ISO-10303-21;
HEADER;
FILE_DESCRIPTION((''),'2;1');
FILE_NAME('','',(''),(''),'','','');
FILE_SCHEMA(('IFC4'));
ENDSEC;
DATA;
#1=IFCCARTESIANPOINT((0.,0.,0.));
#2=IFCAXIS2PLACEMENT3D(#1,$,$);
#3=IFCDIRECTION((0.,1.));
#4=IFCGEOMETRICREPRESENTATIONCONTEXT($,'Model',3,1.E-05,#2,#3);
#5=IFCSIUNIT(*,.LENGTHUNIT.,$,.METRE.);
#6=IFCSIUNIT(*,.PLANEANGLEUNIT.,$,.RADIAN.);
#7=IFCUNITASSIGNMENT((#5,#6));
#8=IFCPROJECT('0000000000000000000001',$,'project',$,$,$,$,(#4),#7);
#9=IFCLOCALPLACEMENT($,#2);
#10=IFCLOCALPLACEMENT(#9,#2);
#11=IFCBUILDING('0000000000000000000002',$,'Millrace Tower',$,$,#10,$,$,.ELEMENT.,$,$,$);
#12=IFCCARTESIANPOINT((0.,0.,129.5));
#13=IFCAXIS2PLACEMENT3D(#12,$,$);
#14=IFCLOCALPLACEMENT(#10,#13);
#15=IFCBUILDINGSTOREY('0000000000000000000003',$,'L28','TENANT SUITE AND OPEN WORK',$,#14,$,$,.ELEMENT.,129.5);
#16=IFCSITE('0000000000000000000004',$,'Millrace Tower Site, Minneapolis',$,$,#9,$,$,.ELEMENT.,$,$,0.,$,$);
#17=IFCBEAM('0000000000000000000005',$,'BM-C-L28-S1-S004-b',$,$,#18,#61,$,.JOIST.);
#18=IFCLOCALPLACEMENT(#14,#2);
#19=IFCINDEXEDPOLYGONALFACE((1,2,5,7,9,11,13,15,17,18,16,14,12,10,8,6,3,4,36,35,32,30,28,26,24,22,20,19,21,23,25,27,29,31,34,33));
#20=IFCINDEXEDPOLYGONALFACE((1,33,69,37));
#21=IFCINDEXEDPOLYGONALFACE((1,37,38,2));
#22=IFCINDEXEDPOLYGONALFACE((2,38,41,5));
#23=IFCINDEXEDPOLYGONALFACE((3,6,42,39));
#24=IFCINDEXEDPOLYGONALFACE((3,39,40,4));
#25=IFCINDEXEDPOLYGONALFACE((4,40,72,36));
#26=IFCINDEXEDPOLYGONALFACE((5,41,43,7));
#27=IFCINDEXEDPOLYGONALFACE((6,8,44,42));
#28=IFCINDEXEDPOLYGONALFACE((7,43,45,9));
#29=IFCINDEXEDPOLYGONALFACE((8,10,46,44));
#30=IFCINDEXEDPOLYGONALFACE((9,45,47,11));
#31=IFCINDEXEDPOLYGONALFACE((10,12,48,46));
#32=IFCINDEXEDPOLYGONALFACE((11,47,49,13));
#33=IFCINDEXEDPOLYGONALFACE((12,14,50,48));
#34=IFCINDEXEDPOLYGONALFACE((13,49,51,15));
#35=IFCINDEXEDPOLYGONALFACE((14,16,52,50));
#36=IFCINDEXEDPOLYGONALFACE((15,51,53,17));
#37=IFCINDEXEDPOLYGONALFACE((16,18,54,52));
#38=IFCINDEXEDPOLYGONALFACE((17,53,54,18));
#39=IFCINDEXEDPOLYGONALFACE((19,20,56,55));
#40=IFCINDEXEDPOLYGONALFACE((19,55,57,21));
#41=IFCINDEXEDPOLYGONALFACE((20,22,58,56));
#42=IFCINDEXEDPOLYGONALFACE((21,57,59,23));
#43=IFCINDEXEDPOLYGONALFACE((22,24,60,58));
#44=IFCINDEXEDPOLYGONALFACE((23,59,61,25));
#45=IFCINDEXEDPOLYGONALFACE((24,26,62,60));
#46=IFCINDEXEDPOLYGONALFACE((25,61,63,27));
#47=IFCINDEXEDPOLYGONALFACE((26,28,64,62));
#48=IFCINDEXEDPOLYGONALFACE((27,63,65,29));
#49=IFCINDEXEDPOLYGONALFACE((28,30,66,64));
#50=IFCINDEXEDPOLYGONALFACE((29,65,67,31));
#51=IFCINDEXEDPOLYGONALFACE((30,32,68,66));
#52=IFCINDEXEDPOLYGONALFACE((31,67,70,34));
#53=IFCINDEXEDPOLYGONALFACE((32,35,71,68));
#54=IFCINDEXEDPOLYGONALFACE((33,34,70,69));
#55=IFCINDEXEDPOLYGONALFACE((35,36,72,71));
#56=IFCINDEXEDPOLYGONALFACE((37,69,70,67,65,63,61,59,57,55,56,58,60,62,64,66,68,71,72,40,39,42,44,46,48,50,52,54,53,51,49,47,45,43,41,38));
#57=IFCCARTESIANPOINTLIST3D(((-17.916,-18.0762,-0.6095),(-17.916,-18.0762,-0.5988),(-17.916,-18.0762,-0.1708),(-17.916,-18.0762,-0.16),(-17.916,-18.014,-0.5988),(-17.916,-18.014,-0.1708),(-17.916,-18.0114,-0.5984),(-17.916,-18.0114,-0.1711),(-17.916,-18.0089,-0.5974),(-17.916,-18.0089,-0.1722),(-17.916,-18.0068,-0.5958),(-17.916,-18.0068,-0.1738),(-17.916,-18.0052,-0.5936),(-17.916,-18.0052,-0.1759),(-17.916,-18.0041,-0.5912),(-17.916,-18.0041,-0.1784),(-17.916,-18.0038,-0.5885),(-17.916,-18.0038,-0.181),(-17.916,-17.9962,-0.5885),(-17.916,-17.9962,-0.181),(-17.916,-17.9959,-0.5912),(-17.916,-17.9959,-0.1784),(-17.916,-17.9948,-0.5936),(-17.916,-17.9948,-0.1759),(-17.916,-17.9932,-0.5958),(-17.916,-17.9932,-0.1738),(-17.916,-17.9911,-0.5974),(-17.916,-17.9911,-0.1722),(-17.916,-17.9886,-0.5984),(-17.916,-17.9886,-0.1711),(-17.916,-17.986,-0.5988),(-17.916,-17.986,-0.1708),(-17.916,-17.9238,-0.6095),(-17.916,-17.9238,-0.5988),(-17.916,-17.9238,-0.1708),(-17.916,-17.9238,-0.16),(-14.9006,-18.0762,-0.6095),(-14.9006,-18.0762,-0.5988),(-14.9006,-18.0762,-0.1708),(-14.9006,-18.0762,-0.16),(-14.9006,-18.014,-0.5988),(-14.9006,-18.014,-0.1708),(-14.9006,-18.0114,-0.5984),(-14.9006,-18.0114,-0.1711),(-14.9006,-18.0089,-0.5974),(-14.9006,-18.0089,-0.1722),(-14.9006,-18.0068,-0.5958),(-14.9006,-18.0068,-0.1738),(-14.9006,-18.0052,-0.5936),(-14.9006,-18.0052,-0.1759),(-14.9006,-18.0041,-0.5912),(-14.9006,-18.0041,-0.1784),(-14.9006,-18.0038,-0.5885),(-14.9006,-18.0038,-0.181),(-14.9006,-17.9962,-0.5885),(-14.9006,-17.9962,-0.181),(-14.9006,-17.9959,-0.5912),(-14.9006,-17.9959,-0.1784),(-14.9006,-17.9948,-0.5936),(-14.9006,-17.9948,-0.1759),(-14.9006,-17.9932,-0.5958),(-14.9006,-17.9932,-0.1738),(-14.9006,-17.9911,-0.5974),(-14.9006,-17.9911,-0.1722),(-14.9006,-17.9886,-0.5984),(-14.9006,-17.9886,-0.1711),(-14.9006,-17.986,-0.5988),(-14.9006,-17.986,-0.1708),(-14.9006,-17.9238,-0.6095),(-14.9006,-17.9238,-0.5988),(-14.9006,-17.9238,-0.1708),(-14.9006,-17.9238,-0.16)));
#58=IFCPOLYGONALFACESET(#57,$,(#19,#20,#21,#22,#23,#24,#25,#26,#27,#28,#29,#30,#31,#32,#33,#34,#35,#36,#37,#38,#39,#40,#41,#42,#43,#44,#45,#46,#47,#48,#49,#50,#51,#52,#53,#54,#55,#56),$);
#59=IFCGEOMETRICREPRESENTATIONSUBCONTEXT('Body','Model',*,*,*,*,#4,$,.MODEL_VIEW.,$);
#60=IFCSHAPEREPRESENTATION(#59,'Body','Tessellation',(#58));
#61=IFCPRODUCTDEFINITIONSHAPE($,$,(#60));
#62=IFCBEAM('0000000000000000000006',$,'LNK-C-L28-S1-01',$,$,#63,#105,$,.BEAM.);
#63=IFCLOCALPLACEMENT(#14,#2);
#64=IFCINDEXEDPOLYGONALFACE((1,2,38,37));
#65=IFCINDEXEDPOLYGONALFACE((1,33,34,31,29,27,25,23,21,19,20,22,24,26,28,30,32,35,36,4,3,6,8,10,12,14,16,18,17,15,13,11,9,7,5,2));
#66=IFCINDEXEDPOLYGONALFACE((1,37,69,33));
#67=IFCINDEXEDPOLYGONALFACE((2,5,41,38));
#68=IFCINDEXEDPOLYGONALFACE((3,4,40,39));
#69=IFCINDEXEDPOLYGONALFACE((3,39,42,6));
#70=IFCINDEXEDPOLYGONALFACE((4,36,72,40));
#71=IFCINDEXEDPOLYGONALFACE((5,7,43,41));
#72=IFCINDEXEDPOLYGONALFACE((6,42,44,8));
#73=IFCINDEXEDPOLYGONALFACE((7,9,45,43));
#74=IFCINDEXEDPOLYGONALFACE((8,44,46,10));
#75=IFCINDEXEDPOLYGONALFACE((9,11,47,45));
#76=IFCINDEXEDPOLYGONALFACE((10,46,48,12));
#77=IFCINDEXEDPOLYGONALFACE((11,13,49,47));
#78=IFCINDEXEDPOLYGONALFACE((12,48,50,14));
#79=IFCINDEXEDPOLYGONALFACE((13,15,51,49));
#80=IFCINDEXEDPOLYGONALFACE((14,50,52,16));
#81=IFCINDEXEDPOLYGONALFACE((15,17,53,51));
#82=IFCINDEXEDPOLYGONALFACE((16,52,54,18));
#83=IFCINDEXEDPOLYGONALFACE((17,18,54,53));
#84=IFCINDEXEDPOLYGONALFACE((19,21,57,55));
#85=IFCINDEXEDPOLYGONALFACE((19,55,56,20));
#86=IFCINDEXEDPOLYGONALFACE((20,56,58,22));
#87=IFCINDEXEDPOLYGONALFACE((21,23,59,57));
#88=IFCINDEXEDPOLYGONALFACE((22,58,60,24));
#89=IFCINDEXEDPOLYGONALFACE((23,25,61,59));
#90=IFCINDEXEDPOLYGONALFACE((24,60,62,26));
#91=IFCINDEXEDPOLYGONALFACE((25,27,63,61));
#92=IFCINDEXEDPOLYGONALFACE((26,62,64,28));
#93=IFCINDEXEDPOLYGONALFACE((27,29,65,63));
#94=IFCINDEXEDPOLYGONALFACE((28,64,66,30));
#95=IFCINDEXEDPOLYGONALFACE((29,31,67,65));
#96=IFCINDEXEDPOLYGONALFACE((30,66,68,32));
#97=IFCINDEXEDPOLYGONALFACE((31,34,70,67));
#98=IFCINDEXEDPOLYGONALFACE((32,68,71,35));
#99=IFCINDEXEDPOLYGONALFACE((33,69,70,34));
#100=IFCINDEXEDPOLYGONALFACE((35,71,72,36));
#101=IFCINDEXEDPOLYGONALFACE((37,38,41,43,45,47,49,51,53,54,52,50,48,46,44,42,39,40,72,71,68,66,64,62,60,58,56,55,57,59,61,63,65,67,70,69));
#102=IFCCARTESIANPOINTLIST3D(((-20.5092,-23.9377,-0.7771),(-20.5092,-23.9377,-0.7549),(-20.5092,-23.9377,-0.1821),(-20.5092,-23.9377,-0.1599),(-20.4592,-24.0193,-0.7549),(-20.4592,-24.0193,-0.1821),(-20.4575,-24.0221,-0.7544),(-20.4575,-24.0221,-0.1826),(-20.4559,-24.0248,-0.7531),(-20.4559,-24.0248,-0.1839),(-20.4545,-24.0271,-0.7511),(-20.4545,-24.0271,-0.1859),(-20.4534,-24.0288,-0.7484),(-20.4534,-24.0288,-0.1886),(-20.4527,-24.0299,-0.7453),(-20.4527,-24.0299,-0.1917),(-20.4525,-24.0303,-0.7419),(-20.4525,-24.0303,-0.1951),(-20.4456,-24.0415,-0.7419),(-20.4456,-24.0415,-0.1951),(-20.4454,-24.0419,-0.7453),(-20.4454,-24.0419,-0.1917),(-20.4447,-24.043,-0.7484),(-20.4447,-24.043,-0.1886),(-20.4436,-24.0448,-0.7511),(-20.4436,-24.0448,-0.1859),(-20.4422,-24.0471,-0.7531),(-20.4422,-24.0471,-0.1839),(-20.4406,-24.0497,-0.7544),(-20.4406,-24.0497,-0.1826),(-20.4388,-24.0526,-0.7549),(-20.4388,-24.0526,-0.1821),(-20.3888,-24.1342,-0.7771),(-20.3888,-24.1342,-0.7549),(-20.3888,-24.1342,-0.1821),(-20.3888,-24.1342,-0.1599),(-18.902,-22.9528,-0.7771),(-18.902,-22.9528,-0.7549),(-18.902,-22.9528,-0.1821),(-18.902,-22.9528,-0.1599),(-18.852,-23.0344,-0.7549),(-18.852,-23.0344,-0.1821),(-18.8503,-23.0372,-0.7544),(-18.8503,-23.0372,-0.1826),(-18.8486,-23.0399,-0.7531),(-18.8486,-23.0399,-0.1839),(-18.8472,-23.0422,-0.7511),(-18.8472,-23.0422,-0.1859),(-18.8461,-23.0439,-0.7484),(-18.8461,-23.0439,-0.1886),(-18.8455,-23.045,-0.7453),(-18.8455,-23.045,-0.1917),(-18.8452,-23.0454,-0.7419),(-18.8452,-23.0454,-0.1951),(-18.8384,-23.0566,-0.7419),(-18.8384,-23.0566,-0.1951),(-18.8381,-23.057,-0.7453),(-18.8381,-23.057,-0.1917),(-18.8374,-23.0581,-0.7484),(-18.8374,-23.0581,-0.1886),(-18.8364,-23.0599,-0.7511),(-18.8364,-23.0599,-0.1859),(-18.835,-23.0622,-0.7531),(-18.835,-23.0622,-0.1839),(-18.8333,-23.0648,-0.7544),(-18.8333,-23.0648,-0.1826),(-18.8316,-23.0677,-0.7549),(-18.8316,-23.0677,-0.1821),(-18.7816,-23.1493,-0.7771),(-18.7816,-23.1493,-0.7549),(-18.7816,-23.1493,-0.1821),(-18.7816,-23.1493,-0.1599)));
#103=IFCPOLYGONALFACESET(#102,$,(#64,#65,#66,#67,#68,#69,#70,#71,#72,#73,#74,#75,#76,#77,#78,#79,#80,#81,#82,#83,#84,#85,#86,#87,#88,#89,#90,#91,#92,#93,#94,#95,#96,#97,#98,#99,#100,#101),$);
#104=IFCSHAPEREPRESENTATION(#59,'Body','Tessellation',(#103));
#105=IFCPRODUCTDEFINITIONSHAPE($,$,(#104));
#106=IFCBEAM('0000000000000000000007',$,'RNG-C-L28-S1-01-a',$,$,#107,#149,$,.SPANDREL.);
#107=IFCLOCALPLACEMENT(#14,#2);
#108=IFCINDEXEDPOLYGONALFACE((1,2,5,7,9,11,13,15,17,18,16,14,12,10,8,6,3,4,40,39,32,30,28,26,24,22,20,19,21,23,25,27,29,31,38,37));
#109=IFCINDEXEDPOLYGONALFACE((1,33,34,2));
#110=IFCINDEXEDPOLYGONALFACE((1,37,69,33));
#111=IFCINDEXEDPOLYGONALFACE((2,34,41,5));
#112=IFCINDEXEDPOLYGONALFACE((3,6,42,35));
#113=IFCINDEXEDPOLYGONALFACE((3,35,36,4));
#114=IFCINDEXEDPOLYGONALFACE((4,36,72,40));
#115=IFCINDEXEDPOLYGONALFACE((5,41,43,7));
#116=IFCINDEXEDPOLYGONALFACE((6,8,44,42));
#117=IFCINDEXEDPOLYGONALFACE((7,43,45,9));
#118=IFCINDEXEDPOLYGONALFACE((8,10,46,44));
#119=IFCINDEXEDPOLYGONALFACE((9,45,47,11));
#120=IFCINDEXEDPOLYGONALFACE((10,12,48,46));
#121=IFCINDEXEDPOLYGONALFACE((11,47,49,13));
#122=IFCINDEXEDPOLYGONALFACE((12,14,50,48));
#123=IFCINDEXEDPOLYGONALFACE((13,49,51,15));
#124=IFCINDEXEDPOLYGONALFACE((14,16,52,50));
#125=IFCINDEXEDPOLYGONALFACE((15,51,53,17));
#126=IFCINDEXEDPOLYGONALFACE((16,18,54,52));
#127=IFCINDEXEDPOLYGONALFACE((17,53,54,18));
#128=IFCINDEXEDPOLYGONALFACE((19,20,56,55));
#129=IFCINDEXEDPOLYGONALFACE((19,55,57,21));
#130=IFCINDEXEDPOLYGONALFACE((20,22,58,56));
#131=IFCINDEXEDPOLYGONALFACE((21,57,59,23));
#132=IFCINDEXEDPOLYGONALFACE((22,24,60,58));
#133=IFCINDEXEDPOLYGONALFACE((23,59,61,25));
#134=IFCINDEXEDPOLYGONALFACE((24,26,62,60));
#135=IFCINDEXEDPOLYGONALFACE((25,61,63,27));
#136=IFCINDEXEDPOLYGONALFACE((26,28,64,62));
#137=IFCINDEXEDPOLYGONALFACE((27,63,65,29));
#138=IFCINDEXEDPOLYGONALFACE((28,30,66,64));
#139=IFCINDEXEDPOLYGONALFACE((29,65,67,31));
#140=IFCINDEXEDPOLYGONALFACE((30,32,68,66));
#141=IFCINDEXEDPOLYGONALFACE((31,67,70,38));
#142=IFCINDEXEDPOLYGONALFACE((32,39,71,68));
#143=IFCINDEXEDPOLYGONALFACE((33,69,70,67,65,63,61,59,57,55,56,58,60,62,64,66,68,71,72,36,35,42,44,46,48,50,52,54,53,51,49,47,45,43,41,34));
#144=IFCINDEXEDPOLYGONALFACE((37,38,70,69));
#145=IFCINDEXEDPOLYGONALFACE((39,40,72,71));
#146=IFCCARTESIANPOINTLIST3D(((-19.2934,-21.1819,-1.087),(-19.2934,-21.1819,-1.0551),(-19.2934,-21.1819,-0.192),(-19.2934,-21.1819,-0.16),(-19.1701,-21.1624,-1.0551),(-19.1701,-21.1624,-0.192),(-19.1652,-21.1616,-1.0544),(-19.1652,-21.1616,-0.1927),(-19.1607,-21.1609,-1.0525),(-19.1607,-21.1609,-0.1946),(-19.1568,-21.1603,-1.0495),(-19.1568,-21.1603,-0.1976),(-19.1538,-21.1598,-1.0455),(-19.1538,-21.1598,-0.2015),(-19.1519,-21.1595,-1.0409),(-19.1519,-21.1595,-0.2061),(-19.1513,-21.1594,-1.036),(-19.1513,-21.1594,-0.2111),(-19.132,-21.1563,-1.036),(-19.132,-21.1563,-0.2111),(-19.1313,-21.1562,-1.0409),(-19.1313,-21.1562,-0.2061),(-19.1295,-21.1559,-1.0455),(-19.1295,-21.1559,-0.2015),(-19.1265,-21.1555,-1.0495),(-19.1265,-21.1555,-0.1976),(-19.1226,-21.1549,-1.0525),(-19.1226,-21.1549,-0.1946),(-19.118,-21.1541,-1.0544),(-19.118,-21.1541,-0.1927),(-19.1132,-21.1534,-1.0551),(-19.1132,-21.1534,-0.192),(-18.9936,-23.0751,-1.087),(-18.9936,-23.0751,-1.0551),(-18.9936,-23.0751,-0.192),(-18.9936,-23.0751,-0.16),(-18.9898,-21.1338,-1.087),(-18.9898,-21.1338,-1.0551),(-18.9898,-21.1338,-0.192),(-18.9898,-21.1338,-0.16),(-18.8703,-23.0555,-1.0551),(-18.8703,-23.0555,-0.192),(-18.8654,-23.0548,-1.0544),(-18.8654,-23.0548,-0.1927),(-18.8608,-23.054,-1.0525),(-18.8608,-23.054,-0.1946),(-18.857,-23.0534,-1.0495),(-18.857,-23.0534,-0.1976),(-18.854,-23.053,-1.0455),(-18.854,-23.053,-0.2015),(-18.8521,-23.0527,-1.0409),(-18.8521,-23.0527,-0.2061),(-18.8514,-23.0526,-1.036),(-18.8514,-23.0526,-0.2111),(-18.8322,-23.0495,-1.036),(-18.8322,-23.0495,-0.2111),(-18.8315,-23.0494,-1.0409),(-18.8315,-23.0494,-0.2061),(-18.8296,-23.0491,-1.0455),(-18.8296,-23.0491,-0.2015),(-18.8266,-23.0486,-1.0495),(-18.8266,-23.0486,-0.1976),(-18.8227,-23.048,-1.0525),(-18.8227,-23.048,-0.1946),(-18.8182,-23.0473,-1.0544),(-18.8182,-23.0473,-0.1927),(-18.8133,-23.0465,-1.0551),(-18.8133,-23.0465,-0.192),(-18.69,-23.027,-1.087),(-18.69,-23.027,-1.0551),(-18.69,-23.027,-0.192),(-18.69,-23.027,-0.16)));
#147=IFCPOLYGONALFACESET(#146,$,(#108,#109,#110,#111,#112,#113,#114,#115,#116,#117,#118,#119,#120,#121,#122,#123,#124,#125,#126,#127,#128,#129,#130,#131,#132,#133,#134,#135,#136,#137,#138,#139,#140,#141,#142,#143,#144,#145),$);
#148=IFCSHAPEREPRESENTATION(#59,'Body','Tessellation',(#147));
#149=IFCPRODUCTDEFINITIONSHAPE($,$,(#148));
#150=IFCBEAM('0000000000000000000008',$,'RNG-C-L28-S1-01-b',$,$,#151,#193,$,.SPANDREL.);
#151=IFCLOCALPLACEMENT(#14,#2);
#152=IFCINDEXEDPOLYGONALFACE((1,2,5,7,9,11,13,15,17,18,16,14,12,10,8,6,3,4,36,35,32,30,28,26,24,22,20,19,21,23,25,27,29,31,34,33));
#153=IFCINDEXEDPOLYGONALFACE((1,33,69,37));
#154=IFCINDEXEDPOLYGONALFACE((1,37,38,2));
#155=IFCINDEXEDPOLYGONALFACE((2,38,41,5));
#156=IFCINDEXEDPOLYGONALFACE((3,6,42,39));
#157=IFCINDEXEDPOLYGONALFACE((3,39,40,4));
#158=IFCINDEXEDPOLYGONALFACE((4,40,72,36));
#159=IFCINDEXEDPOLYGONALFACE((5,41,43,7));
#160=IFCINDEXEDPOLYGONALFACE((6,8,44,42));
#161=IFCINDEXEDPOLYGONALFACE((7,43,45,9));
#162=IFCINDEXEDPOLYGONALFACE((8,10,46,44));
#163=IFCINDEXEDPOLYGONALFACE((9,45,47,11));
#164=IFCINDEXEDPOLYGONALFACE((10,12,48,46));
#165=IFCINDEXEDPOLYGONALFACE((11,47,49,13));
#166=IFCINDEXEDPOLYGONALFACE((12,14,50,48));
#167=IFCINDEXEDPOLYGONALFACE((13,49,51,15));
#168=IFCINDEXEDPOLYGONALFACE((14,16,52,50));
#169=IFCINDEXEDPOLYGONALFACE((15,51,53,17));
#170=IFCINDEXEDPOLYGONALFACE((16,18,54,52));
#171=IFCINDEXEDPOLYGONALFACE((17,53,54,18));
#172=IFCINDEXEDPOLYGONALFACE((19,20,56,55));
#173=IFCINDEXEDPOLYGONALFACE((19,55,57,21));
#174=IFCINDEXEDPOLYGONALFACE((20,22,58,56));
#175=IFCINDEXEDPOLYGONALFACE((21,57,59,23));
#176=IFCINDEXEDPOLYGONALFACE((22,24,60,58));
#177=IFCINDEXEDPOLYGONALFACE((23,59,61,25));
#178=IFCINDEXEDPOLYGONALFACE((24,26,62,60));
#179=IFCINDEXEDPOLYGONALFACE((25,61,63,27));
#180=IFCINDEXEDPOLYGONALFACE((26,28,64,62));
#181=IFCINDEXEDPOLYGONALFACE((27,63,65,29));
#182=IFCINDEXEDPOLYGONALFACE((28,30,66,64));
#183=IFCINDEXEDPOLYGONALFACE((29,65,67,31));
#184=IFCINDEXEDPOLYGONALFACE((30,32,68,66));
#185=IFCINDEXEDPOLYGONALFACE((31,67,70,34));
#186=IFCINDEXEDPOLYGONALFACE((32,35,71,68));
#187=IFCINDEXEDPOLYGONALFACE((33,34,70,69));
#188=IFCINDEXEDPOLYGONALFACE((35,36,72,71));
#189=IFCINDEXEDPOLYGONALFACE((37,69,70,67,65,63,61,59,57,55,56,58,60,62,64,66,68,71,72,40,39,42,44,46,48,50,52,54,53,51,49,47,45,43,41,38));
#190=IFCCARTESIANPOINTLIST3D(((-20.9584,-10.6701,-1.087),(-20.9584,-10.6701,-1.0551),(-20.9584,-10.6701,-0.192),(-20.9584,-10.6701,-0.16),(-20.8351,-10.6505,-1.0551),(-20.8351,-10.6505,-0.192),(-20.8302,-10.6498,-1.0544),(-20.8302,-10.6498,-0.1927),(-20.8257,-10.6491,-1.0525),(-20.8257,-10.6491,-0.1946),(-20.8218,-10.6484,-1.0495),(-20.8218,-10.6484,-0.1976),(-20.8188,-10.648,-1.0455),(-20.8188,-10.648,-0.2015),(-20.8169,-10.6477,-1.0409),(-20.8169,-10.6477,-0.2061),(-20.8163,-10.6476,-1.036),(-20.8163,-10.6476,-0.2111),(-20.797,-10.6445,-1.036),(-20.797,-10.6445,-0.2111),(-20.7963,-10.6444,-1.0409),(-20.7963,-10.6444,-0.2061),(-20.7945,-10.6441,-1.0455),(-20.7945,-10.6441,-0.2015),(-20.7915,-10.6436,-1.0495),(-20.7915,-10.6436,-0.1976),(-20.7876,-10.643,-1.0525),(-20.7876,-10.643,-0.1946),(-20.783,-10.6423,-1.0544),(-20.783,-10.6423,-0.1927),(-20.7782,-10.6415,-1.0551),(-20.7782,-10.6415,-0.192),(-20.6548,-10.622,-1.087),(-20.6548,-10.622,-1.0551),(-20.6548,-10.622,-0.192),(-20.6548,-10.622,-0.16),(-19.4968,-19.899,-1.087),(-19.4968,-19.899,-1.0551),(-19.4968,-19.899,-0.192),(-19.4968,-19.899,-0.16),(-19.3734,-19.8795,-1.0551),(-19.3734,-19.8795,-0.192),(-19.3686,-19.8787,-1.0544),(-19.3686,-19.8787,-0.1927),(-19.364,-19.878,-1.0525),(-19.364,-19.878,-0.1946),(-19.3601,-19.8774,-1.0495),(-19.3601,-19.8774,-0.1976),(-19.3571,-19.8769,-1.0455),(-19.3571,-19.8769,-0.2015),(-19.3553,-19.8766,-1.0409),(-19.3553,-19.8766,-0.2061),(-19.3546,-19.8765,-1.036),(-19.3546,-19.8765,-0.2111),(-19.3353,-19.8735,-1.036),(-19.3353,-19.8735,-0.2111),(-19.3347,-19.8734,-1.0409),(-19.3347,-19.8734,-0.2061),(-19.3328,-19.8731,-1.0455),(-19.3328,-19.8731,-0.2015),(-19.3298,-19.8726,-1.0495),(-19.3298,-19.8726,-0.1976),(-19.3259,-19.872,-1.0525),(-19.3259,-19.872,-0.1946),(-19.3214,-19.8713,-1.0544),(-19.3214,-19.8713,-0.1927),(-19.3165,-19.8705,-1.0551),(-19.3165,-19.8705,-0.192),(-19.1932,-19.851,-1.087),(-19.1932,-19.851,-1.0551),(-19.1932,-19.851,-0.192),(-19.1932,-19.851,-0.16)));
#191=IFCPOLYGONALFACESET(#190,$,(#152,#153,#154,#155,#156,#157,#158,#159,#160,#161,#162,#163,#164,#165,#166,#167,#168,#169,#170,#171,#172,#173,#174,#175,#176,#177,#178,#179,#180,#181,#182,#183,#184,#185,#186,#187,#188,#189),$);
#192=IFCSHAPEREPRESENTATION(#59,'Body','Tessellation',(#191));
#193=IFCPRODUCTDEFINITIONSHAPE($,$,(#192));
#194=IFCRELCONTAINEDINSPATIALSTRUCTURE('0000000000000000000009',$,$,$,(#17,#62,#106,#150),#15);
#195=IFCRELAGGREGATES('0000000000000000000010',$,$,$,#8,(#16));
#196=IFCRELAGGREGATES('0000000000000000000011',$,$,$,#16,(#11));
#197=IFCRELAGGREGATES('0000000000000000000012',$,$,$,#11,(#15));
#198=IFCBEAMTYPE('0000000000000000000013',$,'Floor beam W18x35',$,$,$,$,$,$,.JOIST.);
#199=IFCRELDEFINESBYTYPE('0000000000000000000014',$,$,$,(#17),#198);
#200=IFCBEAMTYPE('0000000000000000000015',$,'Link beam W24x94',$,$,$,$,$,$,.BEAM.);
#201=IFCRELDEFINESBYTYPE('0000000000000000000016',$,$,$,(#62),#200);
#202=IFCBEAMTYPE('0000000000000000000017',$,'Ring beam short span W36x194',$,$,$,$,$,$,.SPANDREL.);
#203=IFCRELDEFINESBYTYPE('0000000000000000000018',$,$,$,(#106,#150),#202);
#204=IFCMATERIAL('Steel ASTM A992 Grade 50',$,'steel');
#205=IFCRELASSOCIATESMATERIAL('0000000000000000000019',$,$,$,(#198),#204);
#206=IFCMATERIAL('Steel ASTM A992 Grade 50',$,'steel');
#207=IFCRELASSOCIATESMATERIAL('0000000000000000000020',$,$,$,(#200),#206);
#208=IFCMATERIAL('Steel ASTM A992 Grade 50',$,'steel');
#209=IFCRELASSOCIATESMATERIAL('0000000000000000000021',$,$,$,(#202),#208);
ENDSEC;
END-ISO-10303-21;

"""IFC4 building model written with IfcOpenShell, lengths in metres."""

from ifc_helpers import new_model, si_unit, direction, frame, origin, origin_2d, place, context, subcontext, project, spatial, i_section, extrude, material, material_profile, profile_set, type_object, element, save


model = new_model("IFC4")

# Units and contexts
model_context = context("Model", 3, precision=1e-05, world=origin(), true_north=direction((0.0, 1.0)))
body_context = subcontext(model_context, "Body", "Model", "MODEL_VIEW")
ifc_project = project(units=[si_unit("LENGTHUNIT", "METRE"), si_unit("PLANEANGLEUNIT", "RADIAN")], contexts=[model_context])

# Site, building, storey
site_placement = place(None, origin())
site = spatial("IfcSite", under=ifc_project, at=site_placement, Name="Millrace Tower Site, Minneapolis", CompositionType="ELEMENT", RefElevation=0.0)
building_placement = place(site_placement, origin())
building = spatial("IfcBuilding", under=site, at=building_placement, Name="Millrace Tower", CompositionType="ELEMENT")
storey_placement = place(building_placement, frame((0.0, 0.0, 129.5)))
storey = spatial("IfcBuildingStorey", under=building, at=storey_placement, Name="L28", Description="TENANT SUITE AND OPEN WORK", CompositionType="ELEMENT", Elevation=129.5)

# Beams
ifc_material_1 = material(Name="Steel ASTM A992 Grade 50", Category="steel")
ifc_material_profile_1 = material_profile(ifc_material_1, i_section(OverallWidth=0.1523, OverallDepth=0.4495, WebThickness=0.0076, FlangeThickness=0.0107, FilletRadius=0.0103, at=origin_2d()))
ifc_profile_set_1 = profile_set([ifc_material_profile_1], Name="Steel ASTM A992 Grade 50")
beam_type_1 = type_object("IfcBeamType", Name="Floor beam W18x35", PredefinedType="JOIST", material=ifc_profile_set_1)
beam_1_placement = place(storey_placement, frame((-17.916, -18.0, -0.3848), z_axis=(1.0, 0.0, 0.0), x_axis=(0.0, 1.0, 0.0)))
element("IfcBeam", 1, at=beam_1_placement, inside=storey, type_object=beam_type_1, Name="BM-C-L28-S1-S004-b", PredefinedType="JOIST", context=body_context, shape_type="SweptSolid", body=[
    extrude(i_section(OverallWidth=0.1523, OverallDepth=0.4495, WebThickness=0.0076, FlangeThickness=0.0107, FilletRadius=0.0103, at=origin_2d()), origin(), (0.0, 0.0, 1.0), 3.0154),
])
ifc_material_2 = material(Name="Steel ASTM A992 Grade 50", Category="steel")
ifc_material_profile_2 = material_profile(ifc_material_2, i_section(OverallWidth=0.2305, OverallDepth=0.6172, WebThickness=0.0132, FlangeThickness=0.0222, FilletRadius=0.0129, at=origin_2d()))
ifc_profile_set_2 = profile_set([ifc_material_profile_2], Name="Steel ASTM A992 Grade 50")
beam_type_2 = type_object("IfcBeamType", Name="Link beam W24x94", PredefinedType="BEAM", material=ifc_profile_set_2)
beam_2_placement = place(storey_placement, frame((-18.8418, -23.051, -0.4685), z_axis=(-0.852644, -0.522492, 0.0), x_axis=(0.522492, -0.852644, 0.0)))
element("IfcBeam", 2, at=beam_2_placement, inside=storey, type_object=beam_type_2, Name="LNK-C-L28-S1-01", PredefinedType="BEAM", context=body_context, shape_type="SweptSolid", body=[
    extrude(i_section(OverallWidth=0.2305, OverallDepth=0.6172, WebThickness=0.0132, FlangeThickness=0.0222, FilletRadius=0.0129, at=origin_2d()), origin(), (0.0, 0.0, 1.0), 1.885),
])
ifc_material_3 = material(Name="Steel ASTM A992 Grade 50", Category="steel")
ifc_material_profile_3 = material_profile(ifc_material_3, i_section(OverallWidth=0.3074, OverallDepth=0.927, WebThickness=0.0195, FlangeThickness=0.032, FilletRadius=0.019, at=origin_2d()))
ifc_profile_set_3 = profile_set([ifc_material_profile_3], Name="Steel ASTM A992 Grade 50")
beam_type_3 = type_object("IfcBeamType", Name="Ring beam short span W36x194", PredefinedType="SPANDREL", material=ifc_profile_set_3)
beam_3_placement = place(storey_placement, frame((-18.8418, -23.051, -0.6235), z_axis=(-0.15642, 0.987691, 0.0), x_axis=(-0.987691, -0.15642, 0.0)))
element("IfcBeam", 3, at=beam_3_placement, inside=storey, type_object=beam_type_3, Name="RNG-C-L28-S1-01-a", PredefinedType="SPANDREL", context=body_context, shape_type="SweptSolid", body=[
    extrude(i_section(OverallWidth=0.3074, OverallDepth=0.927, WebThickness=0.0195, FlangeThickness=0.032, FilletRadius=0.019, at=origin_2d()), origin(), (0.0, 0.0, 1.0), 1.9167),
])
beam_4_placement = place(storey_placement, frame((-19.345, -19.875, -0.6235), z_axis=(-0.156428, 0.987689, 0.0), x_axis=(-0.987689, -0.156428, 0.0)))
element("IfcBeam", 4, at=beam_4_placement, inside=storey, type_object=beam_type_3, Name="RNG-C-L28-S1-01-b", PredefinedType="SPANDREL", context=body_context, shape_type="SweptSolid", body=[
    extrude(i_section(OverallWidth=0.3074, OverallDepth=0.927, WebThickness=0.0195, FlangeThickness=0.032, FilletRadius=0.019, at=origin_2d()), origin(), (0.0, 0.0, 1.0), 9.344),
])

save(model, "model.ifc")
